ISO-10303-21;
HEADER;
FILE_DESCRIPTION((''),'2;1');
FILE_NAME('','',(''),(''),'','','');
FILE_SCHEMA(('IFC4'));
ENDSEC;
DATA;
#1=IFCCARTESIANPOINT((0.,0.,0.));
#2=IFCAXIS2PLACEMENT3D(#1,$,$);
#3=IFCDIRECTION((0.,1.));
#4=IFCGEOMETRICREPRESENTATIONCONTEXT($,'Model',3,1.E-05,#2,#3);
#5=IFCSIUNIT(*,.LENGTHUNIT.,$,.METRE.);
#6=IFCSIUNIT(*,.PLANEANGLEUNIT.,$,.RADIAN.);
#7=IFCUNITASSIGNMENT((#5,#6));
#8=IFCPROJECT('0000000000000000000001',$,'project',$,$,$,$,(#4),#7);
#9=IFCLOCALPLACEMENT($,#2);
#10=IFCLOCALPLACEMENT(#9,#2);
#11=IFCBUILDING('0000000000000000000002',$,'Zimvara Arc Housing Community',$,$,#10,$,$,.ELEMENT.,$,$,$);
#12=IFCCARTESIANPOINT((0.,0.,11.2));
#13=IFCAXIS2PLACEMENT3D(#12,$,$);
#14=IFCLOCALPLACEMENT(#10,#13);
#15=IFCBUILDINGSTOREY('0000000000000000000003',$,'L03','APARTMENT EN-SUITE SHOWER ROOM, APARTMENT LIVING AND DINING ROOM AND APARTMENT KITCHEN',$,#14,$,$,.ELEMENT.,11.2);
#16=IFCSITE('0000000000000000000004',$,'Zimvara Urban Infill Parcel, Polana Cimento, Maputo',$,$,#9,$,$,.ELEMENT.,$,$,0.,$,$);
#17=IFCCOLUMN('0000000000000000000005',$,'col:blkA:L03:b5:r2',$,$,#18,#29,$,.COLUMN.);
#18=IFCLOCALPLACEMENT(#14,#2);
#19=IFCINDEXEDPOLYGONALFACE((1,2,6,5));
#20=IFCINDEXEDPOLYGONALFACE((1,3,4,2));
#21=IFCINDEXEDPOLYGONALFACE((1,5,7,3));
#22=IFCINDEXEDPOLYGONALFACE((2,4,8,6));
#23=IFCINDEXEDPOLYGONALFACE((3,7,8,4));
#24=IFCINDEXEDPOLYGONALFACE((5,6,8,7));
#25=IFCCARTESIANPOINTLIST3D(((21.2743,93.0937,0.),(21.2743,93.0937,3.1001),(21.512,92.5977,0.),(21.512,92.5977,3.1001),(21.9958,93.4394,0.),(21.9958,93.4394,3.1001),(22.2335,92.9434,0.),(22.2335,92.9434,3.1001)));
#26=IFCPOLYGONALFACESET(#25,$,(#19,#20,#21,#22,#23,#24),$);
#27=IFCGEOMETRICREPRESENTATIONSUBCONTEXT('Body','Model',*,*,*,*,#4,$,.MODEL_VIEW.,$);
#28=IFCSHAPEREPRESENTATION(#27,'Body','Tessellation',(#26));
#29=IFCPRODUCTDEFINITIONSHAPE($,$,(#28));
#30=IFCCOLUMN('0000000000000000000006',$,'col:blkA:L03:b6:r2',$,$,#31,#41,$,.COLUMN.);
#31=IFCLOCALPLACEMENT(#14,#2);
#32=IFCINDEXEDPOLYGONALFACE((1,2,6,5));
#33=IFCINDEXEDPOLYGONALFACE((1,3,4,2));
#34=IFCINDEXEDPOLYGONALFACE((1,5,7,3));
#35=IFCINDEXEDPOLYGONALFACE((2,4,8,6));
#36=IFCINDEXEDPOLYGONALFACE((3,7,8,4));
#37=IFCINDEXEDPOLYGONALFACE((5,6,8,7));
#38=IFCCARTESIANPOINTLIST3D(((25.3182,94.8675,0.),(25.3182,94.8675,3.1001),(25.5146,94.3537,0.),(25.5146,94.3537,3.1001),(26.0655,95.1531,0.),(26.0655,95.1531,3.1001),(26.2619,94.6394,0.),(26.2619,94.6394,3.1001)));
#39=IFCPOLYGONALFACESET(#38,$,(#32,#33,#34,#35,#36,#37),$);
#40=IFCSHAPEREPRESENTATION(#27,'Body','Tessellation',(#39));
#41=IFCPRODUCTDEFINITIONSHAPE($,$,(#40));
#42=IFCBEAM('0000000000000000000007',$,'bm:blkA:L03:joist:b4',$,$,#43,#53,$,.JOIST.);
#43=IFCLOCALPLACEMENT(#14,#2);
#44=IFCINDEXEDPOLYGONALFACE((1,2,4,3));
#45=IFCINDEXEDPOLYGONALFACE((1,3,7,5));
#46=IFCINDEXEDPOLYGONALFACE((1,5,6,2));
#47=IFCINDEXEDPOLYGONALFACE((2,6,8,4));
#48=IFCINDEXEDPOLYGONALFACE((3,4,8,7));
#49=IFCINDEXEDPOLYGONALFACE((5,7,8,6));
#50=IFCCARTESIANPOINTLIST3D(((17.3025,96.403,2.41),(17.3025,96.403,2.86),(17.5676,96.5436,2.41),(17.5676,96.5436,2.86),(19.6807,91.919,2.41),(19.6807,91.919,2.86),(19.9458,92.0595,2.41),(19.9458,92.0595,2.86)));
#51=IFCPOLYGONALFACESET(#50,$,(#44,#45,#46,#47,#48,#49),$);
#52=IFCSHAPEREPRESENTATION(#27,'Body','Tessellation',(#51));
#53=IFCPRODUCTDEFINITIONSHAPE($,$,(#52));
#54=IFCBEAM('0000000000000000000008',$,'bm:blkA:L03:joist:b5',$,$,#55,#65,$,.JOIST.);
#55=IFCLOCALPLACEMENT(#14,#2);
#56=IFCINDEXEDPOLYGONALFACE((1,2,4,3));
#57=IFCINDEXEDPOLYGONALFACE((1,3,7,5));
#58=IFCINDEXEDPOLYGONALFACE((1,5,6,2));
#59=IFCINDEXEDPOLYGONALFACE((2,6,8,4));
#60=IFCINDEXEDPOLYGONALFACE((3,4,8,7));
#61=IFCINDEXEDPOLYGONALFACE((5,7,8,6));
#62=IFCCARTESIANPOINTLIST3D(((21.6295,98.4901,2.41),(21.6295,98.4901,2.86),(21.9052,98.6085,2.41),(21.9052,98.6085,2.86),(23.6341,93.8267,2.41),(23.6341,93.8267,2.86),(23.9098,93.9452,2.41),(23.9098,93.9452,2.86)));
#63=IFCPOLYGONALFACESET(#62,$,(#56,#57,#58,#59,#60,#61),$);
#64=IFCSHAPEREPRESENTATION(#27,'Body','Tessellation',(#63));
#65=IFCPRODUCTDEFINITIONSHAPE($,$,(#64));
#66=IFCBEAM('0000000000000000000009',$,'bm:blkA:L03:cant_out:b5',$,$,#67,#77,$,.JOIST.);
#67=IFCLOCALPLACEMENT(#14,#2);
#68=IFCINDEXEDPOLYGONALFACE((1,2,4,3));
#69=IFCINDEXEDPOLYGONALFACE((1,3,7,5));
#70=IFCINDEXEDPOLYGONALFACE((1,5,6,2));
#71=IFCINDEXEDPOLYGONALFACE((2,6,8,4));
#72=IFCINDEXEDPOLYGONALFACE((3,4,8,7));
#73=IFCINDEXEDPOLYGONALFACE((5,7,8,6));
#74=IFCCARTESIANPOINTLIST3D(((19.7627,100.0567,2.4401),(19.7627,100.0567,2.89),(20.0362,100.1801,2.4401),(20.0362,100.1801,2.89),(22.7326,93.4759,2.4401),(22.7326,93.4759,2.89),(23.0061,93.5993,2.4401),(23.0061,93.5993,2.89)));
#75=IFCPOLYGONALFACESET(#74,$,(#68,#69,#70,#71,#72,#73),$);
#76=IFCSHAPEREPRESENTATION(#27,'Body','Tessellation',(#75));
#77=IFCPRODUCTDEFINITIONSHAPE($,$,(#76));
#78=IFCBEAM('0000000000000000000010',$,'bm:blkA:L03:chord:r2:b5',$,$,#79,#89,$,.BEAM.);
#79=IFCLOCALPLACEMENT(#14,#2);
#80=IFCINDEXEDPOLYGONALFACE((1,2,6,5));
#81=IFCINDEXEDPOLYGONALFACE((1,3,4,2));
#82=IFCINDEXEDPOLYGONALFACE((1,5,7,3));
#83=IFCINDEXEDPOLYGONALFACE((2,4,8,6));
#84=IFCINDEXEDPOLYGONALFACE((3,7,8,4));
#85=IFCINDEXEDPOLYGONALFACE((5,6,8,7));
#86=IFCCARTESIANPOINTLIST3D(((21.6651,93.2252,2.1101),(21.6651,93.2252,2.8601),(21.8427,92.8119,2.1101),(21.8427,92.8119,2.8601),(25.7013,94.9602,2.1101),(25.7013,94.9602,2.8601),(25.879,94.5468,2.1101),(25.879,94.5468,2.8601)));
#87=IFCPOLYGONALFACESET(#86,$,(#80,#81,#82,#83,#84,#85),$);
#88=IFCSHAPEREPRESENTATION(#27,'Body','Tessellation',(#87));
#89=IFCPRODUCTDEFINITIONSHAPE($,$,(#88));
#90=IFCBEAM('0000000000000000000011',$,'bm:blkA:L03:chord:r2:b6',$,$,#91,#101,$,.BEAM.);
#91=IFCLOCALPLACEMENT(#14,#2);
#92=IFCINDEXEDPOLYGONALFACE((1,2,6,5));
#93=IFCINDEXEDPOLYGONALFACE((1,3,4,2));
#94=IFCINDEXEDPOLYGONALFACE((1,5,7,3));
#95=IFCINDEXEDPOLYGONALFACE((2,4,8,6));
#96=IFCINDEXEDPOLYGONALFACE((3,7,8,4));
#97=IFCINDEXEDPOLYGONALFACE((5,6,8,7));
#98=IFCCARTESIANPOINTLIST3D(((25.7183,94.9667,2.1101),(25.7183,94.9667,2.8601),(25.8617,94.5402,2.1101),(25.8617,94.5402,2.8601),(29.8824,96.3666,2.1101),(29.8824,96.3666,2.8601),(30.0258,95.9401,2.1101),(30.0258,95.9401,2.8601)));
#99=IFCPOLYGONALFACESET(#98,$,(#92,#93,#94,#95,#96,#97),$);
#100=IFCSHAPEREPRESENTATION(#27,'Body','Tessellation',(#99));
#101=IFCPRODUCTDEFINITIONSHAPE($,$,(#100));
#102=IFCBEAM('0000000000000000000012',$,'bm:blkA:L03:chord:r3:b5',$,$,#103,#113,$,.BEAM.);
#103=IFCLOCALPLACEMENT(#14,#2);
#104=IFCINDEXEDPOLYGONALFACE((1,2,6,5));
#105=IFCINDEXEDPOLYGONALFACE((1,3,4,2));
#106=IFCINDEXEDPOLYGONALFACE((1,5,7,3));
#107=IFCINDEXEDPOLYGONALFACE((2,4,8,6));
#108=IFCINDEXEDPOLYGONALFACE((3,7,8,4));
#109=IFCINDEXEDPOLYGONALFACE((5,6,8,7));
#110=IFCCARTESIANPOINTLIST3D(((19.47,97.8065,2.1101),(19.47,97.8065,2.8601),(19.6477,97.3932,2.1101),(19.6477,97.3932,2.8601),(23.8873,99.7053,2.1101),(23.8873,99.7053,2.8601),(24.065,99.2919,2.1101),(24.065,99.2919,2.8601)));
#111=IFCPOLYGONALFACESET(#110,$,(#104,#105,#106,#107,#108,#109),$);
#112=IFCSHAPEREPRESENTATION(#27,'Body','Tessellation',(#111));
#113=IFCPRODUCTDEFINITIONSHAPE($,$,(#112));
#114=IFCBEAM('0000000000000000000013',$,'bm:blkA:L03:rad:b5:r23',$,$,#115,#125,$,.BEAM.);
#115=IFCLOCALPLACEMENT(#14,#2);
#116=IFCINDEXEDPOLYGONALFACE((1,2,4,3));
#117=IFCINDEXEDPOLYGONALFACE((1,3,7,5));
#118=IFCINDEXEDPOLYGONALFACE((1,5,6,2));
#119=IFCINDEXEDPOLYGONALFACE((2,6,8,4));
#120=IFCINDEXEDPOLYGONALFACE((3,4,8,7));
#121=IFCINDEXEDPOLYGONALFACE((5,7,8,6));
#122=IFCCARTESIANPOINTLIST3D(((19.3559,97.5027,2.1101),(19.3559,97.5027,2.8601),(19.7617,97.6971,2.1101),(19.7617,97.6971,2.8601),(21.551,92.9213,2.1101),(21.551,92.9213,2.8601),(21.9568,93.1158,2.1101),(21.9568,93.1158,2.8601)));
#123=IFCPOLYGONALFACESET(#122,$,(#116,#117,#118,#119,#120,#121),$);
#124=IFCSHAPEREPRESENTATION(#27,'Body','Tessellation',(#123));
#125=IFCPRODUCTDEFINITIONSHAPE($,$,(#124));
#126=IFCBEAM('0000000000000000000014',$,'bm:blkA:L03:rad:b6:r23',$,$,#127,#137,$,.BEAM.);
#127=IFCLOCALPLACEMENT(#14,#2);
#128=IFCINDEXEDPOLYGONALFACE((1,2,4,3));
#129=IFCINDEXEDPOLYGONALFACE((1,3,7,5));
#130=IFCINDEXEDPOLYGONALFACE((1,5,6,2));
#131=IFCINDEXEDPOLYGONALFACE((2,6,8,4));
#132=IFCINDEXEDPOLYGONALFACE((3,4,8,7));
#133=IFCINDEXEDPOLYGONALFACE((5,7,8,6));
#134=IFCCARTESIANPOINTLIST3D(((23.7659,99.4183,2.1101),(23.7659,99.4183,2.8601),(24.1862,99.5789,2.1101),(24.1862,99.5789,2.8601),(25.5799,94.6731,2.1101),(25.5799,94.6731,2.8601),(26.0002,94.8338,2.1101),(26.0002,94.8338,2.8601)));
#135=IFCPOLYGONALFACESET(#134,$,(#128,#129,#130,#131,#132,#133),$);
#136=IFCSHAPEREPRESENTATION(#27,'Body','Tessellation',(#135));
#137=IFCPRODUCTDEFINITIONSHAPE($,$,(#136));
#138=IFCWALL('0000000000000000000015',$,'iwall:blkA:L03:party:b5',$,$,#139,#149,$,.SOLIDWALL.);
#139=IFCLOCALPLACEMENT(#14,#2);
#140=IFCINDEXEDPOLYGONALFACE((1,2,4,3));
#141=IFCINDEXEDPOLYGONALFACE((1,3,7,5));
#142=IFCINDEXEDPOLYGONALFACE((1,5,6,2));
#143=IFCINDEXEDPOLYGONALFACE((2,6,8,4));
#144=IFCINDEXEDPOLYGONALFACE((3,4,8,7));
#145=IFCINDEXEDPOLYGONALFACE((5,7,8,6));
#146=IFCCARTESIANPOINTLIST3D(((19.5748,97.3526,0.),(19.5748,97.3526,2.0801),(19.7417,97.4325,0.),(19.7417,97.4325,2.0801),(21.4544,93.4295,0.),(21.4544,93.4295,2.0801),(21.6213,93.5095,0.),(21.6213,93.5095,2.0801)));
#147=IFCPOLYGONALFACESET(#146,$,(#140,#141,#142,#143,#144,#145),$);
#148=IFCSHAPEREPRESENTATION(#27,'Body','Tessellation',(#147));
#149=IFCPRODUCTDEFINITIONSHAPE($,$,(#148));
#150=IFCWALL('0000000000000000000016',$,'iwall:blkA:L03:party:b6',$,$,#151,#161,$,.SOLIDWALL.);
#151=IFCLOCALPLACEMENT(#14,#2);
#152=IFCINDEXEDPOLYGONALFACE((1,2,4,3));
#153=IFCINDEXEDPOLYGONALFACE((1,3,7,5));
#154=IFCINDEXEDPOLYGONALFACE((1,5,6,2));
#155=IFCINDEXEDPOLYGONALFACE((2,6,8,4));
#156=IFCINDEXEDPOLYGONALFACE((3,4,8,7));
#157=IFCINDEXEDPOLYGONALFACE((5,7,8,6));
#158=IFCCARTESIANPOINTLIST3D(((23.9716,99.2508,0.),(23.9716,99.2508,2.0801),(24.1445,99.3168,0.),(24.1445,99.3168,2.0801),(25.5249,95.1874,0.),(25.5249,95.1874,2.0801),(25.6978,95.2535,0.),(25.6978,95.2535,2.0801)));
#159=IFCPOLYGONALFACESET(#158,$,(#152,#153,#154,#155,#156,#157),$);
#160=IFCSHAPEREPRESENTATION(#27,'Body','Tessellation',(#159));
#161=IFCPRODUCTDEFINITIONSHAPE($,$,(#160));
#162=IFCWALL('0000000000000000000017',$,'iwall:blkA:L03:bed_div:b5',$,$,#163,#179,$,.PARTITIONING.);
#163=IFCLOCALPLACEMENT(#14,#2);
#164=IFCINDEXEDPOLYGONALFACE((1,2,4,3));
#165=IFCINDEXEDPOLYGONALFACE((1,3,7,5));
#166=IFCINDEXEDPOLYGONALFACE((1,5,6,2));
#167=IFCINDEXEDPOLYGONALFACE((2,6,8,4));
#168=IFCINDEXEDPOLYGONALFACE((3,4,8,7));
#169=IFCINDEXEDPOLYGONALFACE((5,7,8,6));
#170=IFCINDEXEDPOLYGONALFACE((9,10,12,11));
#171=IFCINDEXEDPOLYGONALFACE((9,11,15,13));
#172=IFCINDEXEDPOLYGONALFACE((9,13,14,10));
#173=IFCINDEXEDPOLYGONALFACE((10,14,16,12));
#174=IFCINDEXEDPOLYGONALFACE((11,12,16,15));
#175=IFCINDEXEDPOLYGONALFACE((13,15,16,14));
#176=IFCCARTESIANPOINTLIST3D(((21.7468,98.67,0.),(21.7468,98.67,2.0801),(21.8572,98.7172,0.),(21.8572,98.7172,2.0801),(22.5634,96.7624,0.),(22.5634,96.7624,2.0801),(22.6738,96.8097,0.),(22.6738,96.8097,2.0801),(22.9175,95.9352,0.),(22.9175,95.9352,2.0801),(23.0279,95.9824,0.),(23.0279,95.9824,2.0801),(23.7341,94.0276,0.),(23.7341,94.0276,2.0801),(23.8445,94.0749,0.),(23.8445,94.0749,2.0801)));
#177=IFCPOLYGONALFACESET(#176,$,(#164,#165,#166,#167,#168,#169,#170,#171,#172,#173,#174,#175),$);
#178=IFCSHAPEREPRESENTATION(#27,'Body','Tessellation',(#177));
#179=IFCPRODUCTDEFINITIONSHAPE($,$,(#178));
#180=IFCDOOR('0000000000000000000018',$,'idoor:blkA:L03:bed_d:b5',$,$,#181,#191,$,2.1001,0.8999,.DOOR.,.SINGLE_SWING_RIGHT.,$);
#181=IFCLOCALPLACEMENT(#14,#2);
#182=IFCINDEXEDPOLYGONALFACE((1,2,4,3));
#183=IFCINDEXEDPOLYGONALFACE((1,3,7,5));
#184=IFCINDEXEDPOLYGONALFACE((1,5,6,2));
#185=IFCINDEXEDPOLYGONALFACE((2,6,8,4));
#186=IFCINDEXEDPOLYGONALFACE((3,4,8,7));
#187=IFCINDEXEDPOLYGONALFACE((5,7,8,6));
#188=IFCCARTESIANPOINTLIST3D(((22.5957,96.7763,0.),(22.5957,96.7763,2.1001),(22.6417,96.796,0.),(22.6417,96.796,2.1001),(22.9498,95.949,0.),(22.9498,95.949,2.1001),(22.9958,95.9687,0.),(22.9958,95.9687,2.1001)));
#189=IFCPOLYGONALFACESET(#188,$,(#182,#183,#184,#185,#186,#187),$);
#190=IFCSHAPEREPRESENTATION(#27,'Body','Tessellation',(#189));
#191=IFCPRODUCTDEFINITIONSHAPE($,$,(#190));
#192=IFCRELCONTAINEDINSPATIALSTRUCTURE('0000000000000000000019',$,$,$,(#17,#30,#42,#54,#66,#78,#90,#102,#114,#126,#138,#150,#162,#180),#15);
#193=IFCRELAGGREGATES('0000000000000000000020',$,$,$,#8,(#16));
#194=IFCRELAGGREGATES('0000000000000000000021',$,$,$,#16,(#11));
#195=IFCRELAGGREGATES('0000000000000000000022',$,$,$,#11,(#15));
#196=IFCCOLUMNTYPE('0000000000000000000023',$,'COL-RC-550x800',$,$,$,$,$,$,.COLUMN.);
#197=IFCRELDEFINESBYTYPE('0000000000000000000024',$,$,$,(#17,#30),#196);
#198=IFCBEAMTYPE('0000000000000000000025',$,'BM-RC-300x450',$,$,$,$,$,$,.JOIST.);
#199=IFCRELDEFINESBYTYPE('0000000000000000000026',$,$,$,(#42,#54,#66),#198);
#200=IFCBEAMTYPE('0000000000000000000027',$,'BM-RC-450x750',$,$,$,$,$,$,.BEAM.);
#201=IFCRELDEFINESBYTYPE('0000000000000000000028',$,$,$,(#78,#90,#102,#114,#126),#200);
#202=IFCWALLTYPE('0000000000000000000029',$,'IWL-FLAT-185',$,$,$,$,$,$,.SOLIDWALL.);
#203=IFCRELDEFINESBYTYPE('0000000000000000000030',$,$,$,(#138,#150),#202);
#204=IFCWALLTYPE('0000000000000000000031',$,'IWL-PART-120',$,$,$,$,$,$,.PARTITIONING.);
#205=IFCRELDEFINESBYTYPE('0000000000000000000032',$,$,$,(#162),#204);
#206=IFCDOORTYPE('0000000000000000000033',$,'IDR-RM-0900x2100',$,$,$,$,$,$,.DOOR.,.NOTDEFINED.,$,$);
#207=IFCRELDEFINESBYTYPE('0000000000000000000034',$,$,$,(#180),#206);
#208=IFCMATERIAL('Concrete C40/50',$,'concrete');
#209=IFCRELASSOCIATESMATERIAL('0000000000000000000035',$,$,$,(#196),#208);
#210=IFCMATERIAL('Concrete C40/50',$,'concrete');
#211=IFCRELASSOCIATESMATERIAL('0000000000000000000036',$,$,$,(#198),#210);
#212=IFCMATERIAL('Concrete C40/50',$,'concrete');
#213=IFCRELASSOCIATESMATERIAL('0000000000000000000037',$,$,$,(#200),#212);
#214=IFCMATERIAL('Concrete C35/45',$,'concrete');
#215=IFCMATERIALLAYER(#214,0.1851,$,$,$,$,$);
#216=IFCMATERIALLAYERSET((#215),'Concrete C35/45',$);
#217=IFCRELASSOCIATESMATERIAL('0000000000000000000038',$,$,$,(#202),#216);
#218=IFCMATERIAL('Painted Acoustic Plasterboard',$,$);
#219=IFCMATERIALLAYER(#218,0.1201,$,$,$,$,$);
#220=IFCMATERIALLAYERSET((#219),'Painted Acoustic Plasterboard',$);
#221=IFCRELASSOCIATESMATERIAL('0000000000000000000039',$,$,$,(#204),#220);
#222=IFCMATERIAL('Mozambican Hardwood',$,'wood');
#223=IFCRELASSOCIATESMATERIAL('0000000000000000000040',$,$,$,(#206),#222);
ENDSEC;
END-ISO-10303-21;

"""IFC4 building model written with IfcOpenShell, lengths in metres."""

from ifc_helpers import new_model, si_unit, direction, frame, frame_2d, origin, origin_2d, place, context, subcontext, project, spatial, rectangle, extrude, material, layer, layer_set, material_profile, profile_set, type_object, element, fill, save


model = new_model("IFC4")

# Units and contexts
model_context = context("Model", 3, precision=1e-05, world=origin(), true_north=direction((0.0, 1.0)))
body_context = subcontext(model_context, "Body", "Model", "MODEL_VIEW")
ifc_project = project(units=[si_unit("LENGTHUNIT", "METRE"), si_unit("PLANEANGLEUNIT", "RADIAN")], contexts=[model_context])

# Site, building, storey
site_placement = place(None, origin())
site = spatial("IfcSite", under=ifc_project, at=site_placement, Name="Zimvara Urban Infill Parcel, Polana Cimento, Maputo", CompositionType="ELEMENT", RefElevation=0.0)
building_placement = place(site_placement, origin())
building = spatial("IfcBuilding", under=site, at=building_placement, Name="Zimvara Arc Housing Community", CompositionType="ELEMENT")
storey_placement = place(building_placement, frame((0.0, 0.0, 11.2)))
storey = spatial("IfcBuildingStorey", under=building, at=storey_placement, Name="L03", Description="APARTMENT EN-SUITE SHOWER ROOM, APARTMENT LIVING AND DINING ROOM AND APARTMENT KITCHEN", CompositionType="ELEMENT", Elevation=11.2)

# Columns
ifc_material_1 = material(Name="Concrete C40/50", Category="concrete")
ifc_material_profile_1 = material_profile(ifc_material_1, rectangle(XDim=0.55, YDim=0.8, at=origin_2d()), Name="RC 550x800")
ifc_profile_set_1 = profile_set([ifc_material_profile_1], Name="Concrete C40/50")
column_type = type_object("IfcColumnType", Name="COL-RC-550x800", PredefinedType="COLUMN", material=ifc_profile_set_1)
for number, where, z_axis, x_axis, name in (
    (1, (21.7539, 93.0186, 0.0), (0.0, 0.0, 1.0), (-0.432086, 0.901833, 0.0), "col:blkA:L03:b5:r2"),
    (2, (25.79, 94.7534, 0.0), (0.0, 0.0, 1.0), (-0.357064, 0.93408, 0.0), "col:blkA:L03:b6:r2"),
):
    element("IfcColumn", number, at=place(storey_placement, frame(where, z_axis=z_axis, x_axis=x_axis)), inside=storey, type_object=column_type, Name=name, PredefinedType="COLUMN", context=body_context, shape_type="SweptSolid", body=[
        extrude(rectangle(XDim=0.55, YDim=0.8, at=origin_2d()), origin(), (0.0, 0.0, 1.0), 3.1001),
    ])

# Beams
ifc_material_2 = material(Name="Concrete C40/50", Category="concrete")
ifc_material_profile_2 = material_profile(ifc_material_2, rectangle(XDim=0.3, YDim=0.45, at=origin_2d()), Name="RC 300x450")
ifc_profile_set_2 = profile_set([ifc_material_profile_2], Name="Concrete C40/50")
beam_type_1 = type_object("IfcBeamType", Name="BM-RC-300x450", PredefinedType="JOIST", material=ifc_profile_set_2)
beam_1_placement = place(storey_placement, frame((19.8132, 91.9893, 2.635), z_axis=(-0.468537, 0.883444, 0.0), x_axis=(-0.883444, -0.468537, 0.0)))
element("IfcBeam", 3, at=beam_1_placement, inside=storey, type_object=beam_type_1, Name="bm:blkA:L03:joist:b4", PredefinedType="JOIST", context=body_context, shape_type="SweptSolid", body=[
    extrude(rectangle(XDim=0.3, YDim=0.45, at=origin_2d()), origin(), (0.0, 0.0, 1.0), 5.0757),
])
beam_2_placement = place(storey_placement, frame((23.772, 93.886, 2.635), z_axis=(-0.394929, 0.918712, 0.0), x_axis=(-0.918712, -0.394929, 0.0)))
element("IfcBeam", 4, at=beam_2_placement, inside=storey, type_object=beam_type_1, Name="bm:blkA:L03:joist:b5", PredefinedType="JOIST", context=body_context, shape_type="SweptSolid", body=[
    extrude(rectangle(XDim=0.3, YDim=0.45, at=origin_2d()), origin(), (0.0, 0.0, 1.0), 5.0759),
])
beam_3_placement = place(storey_placement, frame((22.8694, 93.5376, 2.665), z_axis=(-0.411356, 0.911475, 0.0), x_axis=(-0.911475, -0.411356, 0.0)))
element("IfcBeam", 5, at=beam_3_placement, inside=storey, type_object=beam_type_1, Name="bm:blkA:L03:cant_out:b5", PredefinedType="JOIST", context=body_context, shape_type="SweptSolid", body=[
    extrude(rectangle(XDim=0.3, YDim=0.45, at=origin_2d()), origin(), (0.0, 0.0, 1.0), 7.22),
])
ifc_material_3 = material(Name="Concrete C40/50", Category="concrete")
ifc_material_profile_3 = material_profile(ifc_material_3, rectangle(XDim=0.45, YDim=0.75, at=origin_2d()), Name="RC 450x750")
ifc_profile_set_3 = profile_set([ifc_material_profile_3], Name="Concrete C40/50")
beam_type_2 = type_object("IfcBeamType", Name="BM-RC-450x750", PredefinedType="BEAM", material=ifc_profile_set_3)
beam_4_placement = place(storey_placement, frame((21.7539, 93.0186, 2.4851), z_axis=(0.918725, 0.394898, 0.0), x_axis=(-0.394898, 0.918725, 0.0)))
element("IfcBeam", 6, at=beam_4_placement, inside=storey, type_object=beam_type_2, Name="bm:blkA:L03:chord:r2:b5", PredefinedType="BEAM", context=body_context, shape_type="SweptSolid", body=[
    extrude(rectangle(XDim=0.45, YDim=0.75, at=origin_2d()), origin(), (0.0, 0.0, 1.0), 4.3933),
])
beam_5_placement = place(storey_placement, frame((25.79, 94.7534, 2.4851), z_axis=(0.947869, 0.318661, 0.0), x_axis=(-0.318661, 0.947869, 0.0)))
element("IfcBeam", 7, at=beam_5_placement, inside=storey, type_object=beam_type_2, Name="bm:blkA:L03:chord:r2:b6", PredefinedType="BEAM", context=body_context, shape_type="SweptSolid", body=[
    extrude(rectangle(XDim=0.45, YDim=0.75, at=origin_2d()), origin(), (0.0, 0.0, 1.0), 4.3931),
])
beam_6_placement = place(storey_placement, frame((19.5588, 97.5999, 2.4851), z_axis=(0.918724, 0.3949, 0.0), x_axis=(-0.3949, 0.918724, 0.0)))
element("IfcBeam", 8, at=beam_6_placement, inside=storey, type_object=beam_type_2, Name="bm:blkA:L03:chord:r3:b5", PredefinedType="BEAM", context=body_context, shape_type="SweptSolid", body=[
    extrude(rectangle(XDim=0.45, YDim=0.75, at=origin_2d()), origin(), (0.0, 0.0, 1.0), 4.8081),
])
for number, where, z_axis, x_axis, name in (
    (9, (21.7539, 93.0186, 2.4851), (-0.432098, 0.901827, 0.0), (-0.901827, -0.432098, 0.0), "bm:blkA:L03:rad:b5:r23"),
    (10, (25.79, 94.7534, 2.4851), (-0.357078, 0.934074, 0.0), (-0.934074, -0.357078, 0.0), "bm:blkA:L03:rad:b6:r23"),
):
    element("IfcBeam", number, at=place(storey_placement, frame(where, z_axis=z_axis, x_axis=x_axis)), inside=storey, type_object=beam_type_2, Name=name, PredefinedType="BEAM", context=body_context, shape_type="SweptSolid", body=[
        extrude(rectangle(XDim=0.45, YDim=0.75, at=origin_2d()), origin(), (0.0, 0.0, 1.0), 5.0801),
    ])

# Walls
ifc_material_4 = material(Name="Concrete C35/45", Category="concrete")
ifc_layer_1 = layer(ifc_material_4, 0.1851)
ifc_layer_set_1 = layer_set([ifc_layer_1], Name="Concrete C35/45")
wall_type_1 = type_object("IfcWallType", Name="IWL-FLAT-185", PredefinedType="SOLIDWALL", material=ifc_layer_set_1)
for number, where, z_axis, x_axis, name in (
    (11, (21.5378, 93.4695, 0.0), (0.0, 0.0, 1.0), (-0.432087, 0.901832, 0.0), "iwall:blkA:L03:party:b5"),
    (12, (25.6113, 95.2205, 0.0), (0.0, 0.0, 1.0), (-0.357064, 0.93408, 0.0), "iwall:blkA:L03:party:b6"),
):
    element("IfcWall", number, at=place(storey_placement, frame(where, z_axis=z_axis, x_axis=x_axis)), inside=storey, type_object=wall_type_1, Name=name, PredefinedType="SOLIDWALL", context=body_context, shape_type="SweptSolid", body=[
        extrude(rectangle(XDim=4.3501, YDim=0.1851, at=frame_2d((2.175, 0.0))), origin(), (0.0, 0.0, 1.0), 2.0801),
    ])

# Wall, opening, door
ifc_material_5 = material(Name="Painted Acoustic Plasterboard")
ifc_layer_2 = layer(ifc_material_5, 0.1201)
ifc_layer_set_2 = layer_set([ifc_layer_2], Name="Painted Acoustic Plasterboard")
wall_type_2 = type_object("IfcWallType", Name="IWL-PART-120", PredefinedType="PARTITIONING", material=ifc_layer_set_2)
wall_1_placement = place(storey_placement, frame((23.7893, 94.0513, 0.0), z_axis=(0.0, 0.0, 1.0), x_axis=(-0.39354, 0.919307, 0.0)))
wall_1 = element("IfcWall", 13, at=wall_1_placement, inside=storey, type_object=wall_type_2, Name="iwall:blkA:L03:bed_div:b5", PredefinedType="PARTITIONING", context=body_context, shape_type="SweptSolid", body=[
    extrude(rectangle(XDim=5.0498, YDim=0.1201, at=frame_2d((2.5249, 0.0))), origin(), (0.0, 0.0, 1.0), 2.0801),
])
opening_1_placement = place(wall_1_placement, frame((2.075, 0.0, 0.0)))
opening_1 = element("IfcOpeningElement", 14, at=opening_1_placement, cuts=wall_1, PredefinedType="OPENING", context=body_context, shape_type="SweptSolid", body=[
    extrude(rectangle(XDim=0.8999, YDim=2.1001, at=frame_2d((0.45, 1.05))), frame((0.0, 0.0701, 0.0), z_axis=(0.0, -1.0, 0.0), x_axis=(1.0, 0.0, 0.0)), (0.0, 0.0, 1.0), 0.1401),
])
ifc_material_6 = material(Name="Mozambican Hardwood", Category="wood")
door_type_1 = type_object("IfcDoorType", Name="IDR-RM-0900x2100", OperationType="NOTDEFINED", PredefinedType="DOOR", material=ifc_material_6)
door_1_placement = place(opening_1_placement, origin())
door_1 = element("IfcDoor", 15, at=door_1_placement, inside=storey, type_object=door_type_1, Name="idoor:blkA:L03:bed_d:b5", OperationType="SINGLE_SWING_RIGHT", OverallHeight=2.1001, OverallWidth=0.8999, PredefinedType="DOOR", context=body_context, shape_type="SweptSolid", body=[
    extrude(rectangle(XDim=0.8999, YDim=2.1001, at=frame_2d((0.45, 1.05))), frame((0.0, 0.0249, 0.0), z_axis=(0.0, -1.0, 0.0), x_axis=(1.0, 0.0, 0.0)), (0.0, 0.0, 1.0), 0.05),
])
fill(opening_1, door_1)

save(model, "model.ifc")
